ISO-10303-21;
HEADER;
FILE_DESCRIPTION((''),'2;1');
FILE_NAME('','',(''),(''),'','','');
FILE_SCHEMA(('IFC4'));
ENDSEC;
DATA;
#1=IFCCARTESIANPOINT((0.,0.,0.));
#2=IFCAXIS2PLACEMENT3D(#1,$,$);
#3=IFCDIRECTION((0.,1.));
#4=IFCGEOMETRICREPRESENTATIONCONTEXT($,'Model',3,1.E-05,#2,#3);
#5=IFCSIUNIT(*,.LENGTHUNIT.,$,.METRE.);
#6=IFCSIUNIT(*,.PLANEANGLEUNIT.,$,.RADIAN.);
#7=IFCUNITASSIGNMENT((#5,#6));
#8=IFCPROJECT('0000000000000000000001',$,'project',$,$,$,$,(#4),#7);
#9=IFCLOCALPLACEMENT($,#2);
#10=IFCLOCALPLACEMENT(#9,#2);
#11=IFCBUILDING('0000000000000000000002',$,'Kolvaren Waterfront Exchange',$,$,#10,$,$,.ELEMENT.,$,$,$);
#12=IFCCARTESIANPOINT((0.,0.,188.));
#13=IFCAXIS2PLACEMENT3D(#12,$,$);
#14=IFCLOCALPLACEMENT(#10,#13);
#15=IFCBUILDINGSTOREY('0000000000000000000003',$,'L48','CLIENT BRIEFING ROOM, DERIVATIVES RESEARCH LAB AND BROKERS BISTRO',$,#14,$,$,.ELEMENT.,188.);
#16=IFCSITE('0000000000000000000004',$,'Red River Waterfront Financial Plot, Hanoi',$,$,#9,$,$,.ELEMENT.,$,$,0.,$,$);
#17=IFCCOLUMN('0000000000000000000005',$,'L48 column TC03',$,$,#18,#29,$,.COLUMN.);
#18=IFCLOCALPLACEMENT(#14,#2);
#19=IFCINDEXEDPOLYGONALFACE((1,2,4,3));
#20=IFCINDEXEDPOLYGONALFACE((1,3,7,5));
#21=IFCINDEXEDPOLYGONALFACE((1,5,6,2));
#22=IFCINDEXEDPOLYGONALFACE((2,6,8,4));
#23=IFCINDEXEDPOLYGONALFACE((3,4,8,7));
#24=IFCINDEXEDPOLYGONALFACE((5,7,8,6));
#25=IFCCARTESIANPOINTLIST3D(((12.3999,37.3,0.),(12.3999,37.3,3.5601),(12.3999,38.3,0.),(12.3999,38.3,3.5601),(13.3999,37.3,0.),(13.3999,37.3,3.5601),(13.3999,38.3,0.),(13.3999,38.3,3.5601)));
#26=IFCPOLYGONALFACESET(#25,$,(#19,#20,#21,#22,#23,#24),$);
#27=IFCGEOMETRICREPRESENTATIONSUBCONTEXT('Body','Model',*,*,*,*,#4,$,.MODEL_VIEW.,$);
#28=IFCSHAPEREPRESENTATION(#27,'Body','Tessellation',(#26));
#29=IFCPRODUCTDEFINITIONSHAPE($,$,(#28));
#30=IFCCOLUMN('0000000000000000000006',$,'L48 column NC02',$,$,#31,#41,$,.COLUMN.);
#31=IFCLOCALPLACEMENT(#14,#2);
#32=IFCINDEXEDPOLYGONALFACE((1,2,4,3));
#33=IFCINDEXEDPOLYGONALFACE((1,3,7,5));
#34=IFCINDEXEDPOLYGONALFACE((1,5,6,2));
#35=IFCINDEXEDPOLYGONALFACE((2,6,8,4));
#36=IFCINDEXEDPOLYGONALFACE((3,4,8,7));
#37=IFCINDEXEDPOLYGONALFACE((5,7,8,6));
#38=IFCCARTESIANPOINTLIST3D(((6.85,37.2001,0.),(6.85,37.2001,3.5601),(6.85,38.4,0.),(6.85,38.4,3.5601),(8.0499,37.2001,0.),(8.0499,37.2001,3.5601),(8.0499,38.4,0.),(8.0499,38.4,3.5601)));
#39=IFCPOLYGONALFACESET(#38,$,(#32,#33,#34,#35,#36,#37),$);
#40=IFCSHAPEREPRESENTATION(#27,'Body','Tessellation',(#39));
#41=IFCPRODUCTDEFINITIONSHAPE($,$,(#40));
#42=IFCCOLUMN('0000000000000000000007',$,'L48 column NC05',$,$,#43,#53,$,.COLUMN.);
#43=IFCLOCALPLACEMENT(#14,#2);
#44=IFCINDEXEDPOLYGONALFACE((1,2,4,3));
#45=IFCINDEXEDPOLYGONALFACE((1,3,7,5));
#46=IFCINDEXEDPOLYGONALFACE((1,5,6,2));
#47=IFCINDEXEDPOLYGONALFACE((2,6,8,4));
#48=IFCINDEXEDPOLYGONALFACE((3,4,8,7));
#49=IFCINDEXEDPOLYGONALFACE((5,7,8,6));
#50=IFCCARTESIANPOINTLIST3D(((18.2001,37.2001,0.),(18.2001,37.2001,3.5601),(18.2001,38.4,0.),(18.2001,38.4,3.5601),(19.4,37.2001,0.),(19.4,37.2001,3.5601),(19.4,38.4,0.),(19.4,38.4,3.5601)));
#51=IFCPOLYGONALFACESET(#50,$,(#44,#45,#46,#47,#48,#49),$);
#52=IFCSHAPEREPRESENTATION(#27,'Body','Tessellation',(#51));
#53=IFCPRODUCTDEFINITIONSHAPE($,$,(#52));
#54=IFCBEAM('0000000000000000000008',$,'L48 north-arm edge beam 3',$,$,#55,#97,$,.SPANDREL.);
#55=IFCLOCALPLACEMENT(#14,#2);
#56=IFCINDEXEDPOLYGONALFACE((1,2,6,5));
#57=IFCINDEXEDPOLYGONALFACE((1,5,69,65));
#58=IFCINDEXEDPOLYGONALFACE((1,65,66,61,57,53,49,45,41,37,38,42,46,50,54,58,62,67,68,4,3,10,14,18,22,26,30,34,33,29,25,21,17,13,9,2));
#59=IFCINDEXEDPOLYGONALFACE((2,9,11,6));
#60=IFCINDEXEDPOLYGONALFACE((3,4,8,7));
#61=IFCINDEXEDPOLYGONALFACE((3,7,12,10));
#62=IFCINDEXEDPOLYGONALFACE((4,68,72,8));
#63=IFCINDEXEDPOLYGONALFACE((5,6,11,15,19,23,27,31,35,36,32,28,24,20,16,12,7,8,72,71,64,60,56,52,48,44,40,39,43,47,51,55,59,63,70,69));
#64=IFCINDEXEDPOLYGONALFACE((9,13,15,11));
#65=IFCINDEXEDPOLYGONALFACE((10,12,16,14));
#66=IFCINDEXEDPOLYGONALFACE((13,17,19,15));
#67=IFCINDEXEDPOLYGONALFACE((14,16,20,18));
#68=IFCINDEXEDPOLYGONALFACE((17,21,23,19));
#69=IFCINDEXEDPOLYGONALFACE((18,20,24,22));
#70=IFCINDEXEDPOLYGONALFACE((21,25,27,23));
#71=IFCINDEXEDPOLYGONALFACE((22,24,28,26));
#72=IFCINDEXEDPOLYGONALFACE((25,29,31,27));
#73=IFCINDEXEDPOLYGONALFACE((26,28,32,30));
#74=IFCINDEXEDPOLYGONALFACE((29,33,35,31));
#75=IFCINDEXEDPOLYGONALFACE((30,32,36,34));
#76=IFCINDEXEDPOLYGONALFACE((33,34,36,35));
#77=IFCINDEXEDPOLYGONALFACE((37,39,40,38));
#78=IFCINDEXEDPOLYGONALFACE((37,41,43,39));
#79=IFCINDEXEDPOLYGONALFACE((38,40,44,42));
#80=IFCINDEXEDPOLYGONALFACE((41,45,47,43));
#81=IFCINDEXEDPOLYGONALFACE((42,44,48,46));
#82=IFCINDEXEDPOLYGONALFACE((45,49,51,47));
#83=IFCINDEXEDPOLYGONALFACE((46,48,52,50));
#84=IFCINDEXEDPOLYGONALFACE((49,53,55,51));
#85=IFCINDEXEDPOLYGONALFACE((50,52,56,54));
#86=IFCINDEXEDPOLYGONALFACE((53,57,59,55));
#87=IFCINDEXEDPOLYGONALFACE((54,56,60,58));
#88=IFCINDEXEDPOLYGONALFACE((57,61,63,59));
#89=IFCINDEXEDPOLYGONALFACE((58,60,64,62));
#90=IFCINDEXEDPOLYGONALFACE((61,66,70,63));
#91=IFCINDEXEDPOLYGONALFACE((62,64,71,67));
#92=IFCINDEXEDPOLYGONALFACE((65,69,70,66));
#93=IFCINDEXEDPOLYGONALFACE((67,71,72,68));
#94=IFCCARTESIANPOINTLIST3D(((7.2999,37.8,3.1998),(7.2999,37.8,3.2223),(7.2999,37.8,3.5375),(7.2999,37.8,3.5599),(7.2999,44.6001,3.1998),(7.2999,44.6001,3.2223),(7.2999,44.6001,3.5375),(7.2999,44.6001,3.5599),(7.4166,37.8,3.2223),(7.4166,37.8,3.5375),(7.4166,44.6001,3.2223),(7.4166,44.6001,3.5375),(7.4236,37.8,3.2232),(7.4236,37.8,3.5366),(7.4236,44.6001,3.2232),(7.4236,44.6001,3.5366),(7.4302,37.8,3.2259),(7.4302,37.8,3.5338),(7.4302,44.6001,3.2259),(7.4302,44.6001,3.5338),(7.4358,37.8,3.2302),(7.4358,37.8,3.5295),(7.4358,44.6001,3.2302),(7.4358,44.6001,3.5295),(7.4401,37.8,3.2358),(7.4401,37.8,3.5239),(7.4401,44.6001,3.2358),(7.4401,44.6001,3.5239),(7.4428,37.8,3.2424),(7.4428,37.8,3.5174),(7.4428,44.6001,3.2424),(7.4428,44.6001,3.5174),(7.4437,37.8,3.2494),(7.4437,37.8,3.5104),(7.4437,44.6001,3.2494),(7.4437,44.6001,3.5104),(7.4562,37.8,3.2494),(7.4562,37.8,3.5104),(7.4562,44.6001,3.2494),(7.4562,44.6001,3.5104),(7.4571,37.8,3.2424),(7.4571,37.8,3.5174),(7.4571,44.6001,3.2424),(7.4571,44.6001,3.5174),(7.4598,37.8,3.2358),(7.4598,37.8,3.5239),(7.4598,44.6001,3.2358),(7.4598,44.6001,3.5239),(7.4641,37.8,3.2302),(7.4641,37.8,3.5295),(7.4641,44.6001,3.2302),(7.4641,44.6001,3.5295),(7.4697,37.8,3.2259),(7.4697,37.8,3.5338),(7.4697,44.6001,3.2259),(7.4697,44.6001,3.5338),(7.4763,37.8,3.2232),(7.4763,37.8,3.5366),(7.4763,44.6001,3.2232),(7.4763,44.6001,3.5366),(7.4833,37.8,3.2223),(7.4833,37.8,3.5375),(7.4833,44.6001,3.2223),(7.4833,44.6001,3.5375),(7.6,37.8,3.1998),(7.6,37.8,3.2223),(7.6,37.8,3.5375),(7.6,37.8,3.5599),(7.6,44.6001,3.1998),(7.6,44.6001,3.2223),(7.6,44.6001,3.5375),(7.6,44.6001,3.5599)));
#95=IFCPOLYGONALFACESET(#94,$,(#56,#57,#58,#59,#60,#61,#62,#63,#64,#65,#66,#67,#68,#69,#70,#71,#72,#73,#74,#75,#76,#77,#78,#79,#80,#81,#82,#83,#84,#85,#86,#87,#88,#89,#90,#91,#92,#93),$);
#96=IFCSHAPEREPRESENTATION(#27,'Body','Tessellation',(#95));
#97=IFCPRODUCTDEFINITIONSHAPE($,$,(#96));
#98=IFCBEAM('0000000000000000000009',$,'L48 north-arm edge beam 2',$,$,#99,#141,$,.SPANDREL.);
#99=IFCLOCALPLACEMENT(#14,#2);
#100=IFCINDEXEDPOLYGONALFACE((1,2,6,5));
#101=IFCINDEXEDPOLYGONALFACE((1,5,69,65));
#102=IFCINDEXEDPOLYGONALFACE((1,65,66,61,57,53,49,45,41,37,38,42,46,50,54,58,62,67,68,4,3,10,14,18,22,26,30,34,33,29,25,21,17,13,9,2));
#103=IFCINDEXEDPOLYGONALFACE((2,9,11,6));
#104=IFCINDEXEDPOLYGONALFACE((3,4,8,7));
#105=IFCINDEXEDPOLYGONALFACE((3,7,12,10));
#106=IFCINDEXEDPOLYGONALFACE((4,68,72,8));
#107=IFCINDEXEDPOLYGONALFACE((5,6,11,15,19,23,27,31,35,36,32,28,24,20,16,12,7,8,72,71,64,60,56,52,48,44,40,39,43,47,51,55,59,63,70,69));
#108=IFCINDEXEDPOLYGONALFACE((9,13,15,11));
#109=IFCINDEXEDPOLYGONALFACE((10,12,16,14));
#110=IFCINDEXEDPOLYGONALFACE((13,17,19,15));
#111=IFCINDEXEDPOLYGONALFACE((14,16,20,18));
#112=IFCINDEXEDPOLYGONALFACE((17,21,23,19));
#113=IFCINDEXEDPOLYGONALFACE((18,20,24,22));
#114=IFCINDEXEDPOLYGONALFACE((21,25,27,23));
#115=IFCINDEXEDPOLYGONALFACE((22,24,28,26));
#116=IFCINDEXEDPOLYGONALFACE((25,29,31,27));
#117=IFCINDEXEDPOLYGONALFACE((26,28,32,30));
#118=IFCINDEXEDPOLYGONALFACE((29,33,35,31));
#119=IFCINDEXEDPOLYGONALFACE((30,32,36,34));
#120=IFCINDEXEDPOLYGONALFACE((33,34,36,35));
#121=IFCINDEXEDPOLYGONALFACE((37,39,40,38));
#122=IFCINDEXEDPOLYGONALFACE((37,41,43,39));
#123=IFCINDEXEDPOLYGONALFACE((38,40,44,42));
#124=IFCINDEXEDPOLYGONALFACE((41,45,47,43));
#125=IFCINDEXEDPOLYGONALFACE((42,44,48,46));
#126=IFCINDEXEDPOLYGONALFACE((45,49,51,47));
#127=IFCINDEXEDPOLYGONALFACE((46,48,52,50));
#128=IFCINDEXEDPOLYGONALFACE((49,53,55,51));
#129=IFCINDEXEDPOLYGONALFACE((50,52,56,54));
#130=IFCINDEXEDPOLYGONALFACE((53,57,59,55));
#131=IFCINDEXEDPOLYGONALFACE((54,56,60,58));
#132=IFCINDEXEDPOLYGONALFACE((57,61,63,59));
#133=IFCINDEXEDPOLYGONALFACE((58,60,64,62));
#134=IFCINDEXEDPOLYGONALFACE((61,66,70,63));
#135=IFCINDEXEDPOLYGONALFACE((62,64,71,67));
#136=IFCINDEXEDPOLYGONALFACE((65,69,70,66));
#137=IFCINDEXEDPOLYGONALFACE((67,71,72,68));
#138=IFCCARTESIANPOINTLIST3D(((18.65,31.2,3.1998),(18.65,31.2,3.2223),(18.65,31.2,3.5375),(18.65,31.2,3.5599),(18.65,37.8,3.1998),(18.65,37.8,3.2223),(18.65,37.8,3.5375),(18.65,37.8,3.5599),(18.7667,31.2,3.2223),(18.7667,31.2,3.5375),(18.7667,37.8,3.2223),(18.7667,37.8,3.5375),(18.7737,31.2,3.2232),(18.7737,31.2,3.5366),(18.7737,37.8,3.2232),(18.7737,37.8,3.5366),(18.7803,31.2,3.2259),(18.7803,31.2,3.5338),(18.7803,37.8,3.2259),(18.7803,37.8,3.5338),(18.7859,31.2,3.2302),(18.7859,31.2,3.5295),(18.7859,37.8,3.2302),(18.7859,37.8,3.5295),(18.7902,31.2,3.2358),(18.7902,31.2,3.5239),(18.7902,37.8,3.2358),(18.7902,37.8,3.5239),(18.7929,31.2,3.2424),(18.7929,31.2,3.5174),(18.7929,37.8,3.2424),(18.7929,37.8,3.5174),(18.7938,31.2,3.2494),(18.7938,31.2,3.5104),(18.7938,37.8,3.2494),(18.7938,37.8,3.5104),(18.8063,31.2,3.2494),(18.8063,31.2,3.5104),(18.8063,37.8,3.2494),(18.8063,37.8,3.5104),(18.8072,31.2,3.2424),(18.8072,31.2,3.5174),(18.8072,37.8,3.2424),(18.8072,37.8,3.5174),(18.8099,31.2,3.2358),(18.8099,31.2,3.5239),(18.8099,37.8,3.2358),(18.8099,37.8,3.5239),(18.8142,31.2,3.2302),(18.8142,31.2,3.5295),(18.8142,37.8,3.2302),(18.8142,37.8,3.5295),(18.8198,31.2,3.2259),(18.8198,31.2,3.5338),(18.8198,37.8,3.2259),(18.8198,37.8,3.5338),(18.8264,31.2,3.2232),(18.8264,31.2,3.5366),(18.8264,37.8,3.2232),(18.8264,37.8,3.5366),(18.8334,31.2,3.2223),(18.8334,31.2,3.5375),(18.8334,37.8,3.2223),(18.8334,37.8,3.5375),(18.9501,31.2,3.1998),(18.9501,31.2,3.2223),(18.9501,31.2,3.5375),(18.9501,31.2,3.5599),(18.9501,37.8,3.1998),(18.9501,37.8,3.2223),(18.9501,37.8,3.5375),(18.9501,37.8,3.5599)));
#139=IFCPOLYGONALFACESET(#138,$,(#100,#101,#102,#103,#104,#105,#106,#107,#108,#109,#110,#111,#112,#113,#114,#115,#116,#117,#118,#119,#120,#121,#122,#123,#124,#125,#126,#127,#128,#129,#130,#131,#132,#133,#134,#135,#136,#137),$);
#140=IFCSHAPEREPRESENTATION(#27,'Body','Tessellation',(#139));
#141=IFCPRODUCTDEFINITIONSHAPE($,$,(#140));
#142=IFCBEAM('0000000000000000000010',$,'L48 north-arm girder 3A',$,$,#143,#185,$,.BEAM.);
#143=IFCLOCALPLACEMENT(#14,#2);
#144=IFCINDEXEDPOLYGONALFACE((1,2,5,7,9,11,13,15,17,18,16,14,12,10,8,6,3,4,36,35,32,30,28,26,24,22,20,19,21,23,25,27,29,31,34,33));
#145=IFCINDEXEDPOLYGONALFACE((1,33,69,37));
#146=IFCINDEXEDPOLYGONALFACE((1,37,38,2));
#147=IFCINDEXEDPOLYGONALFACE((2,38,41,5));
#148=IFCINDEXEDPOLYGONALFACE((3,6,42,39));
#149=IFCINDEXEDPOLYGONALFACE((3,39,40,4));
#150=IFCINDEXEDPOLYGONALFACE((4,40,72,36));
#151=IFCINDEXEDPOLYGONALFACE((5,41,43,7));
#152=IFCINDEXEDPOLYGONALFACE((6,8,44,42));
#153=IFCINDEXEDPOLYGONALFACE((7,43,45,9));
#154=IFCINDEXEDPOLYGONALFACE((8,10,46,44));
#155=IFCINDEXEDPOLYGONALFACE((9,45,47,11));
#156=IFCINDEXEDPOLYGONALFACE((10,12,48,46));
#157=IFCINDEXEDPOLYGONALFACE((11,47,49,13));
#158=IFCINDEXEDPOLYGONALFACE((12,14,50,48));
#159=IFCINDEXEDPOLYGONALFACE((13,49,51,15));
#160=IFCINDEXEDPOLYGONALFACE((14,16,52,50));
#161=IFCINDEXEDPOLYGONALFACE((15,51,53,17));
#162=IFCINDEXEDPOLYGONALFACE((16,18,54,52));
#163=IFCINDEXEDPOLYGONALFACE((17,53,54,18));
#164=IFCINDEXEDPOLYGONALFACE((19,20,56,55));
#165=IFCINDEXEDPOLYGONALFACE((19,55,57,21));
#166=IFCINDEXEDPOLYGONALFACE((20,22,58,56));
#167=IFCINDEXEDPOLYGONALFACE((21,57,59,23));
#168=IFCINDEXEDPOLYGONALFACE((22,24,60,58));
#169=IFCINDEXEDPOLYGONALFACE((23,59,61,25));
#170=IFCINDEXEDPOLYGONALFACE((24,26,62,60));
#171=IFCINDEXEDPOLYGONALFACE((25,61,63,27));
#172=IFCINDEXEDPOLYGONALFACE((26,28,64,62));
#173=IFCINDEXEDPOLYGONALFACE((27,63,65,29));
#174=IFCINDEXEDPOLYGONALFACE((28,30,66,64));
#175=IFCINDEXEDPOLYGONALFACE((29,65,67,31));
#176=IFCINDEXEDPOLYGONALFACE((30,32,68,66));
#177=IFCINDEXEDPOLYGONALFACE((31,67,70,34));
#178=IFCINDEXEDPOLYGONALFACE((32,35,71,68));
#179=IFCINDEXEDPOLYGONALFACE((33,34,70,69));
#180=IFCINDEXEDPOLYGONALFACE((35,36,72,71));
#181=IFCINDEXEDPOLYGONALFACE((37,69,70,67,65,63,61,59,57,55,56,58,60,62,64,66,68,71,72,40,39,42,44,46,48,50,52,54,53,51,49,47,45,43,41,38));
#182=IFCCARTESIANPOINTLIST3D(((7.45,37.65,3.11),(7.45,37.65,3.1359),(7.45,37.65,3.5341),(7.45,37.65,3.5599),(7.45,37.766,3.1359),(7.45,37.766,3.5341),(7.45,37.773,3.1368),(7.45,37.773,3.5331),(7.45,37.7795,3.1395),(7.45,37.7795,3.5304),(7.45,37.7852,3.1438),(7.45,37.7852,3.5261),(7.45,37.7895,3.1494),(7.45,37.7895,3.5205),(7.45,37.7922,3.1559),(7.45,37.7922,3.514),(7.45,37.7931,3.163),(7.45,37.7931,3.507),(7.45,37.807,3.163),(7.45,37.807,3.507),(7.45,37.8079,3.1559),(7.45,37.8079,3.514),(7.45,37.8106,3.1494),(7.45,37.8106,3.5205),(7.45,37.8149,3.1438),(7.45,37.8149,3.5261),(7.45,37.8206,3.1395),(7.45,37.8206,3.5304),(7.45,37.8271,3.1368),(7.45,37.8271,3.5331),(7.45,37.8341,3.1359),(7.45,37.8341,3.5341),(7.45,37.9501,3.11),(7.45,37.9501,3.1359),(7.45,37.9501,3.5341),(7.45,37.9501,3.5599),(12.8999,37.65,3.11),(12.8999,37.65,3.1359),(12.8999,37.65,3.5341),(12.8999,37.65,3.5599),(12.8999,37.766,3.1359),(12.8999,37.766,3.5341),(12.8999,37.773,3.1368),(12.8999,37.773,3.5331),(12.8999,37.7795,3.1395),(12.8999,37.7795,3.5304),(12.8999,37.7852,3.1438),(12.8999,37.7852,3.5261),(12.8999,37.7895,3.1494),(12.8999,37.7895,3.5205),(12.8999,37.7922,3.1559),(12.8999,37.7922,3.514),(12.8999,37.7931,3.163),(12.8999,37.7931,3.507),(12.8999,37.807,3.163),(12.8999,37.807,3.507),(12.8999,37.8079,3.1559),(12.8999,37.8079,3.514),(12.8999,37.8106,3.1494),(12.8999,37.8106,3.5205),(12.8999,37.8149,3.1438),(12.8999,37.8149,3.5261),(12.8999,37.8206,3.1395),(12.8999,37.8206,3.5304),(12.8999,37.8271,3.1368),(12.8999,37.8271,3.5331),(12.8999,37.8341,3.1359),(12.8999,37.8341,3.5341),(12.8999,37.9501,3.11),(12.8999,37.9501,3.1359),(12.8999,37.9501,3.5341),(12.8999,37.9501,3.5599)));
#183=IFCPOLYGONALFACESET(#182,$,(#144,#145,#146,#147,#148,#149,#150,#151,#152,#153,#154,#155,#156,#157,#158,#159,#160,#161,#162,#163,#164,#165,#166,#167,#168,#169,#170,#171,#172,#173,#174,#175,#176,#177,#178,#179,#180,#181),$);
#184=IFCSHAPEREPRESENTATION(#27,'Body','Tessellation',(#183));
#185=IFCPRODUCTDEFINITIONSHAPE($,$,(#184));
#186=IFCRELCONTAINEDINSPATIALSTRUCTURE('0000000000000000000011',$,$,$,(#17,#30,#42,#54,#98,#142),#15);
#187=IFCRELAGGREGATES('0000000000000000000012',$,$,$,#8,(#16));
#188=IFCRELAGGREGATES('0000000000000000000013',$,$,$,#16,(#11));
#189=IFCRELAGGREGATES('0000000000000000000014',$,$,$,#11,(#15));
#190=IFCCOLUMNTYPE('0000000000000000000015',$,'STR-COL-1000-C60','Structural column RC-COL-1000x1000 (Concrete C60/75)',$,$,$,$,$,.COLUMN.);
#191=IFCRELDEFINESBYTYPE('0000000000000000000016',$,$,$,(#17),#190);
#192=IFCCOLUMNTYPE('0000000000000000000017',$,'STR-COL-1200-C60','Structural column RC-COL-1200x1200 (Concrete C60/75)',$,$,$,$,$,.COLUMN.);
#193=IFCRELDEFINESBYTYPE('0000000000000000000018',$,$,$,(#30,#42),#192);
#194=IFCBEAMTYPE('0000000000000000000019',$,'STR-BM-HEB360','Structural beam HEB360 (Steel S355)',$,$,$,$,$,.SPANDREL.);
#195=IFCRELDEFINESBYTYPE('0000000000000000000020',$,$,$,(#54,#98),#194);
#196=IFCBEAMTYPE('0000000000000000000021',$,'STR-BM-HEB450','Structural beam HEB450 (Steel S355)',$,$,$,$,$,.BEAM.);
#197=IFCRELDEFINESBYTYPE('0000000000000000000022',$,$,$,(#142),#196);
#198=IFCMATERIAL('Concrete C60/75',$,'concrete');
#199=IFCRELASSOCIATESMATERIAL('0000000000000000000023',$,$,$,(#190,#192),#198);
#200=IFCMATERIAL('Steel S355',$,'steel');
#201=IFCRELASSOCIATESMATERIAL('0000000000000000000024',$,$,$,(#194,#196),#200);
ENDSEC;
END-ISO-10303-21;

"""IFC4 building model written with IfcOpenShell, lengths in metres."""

from ifc_helpers import new_model, si_unit, direction, frame, origin, origin_2d, place, context, subcontext, project, spatial, rectangle, i_section, extrude, material, material_profile, profile_set, type_object, element, save


model = new_model("IFC4")

# Units and contexts
model_context = context("Model", 3, precision=1e-05, world=origin(), true_north=direction((0.0, 1.0)))
body_context = subcontext(model_context, "Body", "Model", "MODEL_VIEW")
ifc_project = project(units=[si_unit("LENGTHUNIT", "METRE"), si_unit("PLANEANGLEUNIT", "RADIAN")], contexts=[model_context])

# Site, building, storey
site_placement = place(None, origin())
site = spatial("IfcSite", under=ifc_project, at=site_placement, Name="Red River Waterfront Financial Plot, Hanoi", CompositionType="ELEMENT", RefElevation=0.0)
building_placement = place(site_placement, origin())
building = spatial("IfcBuilding", under=site, at=building_placement, Name="Kolvaren Waterfront Exchange", CompositionType="ELEMENT")
storey_placement = place(building_placement, frame((0.0, 0.0, 188.0)))
storey = spatial("IfcBuildingStorey", under=building, at=storey_placement, Name="L48", Description="CLIENT BRIEFING ROOM, DERIVATIVES RESEARCH LAB AND BROKERS BISTRO", CompositionType="ELEMENT", Elevation=188.0)

# Columns
ifc_material_1 = material(Name="Concrete C60/75", Category="concrete")
ifc_material_profile_1 = material_profile(ifc_material_1, rectangle(XDim=1.0, YDim=1.0, at=origin_2d()), Name="RC-COL-1000x1000")
ifc_profile_set_1 = profile_set([ifc_material_profile_1], Name="Concrete C60/75")
column_type_1 = type_object("IfcColumnType", Name="STR-COL-1000-C60", Description="Structural column RC-COL-1000x1000 (Concrete C60/75)", PredefinedType="COLUMN", material=ifc_profile_set_1)
column_placement = place(storey_placement, frame((12.8999, 37.8, 0.0), z_axis=(0.0, 0.0, 1.0), x_axis=(1.0, 0.0, 0.0)))
element("IfcColumn", 1, at=column_placement, inside=storey, type_object=column_type_1, Name="L48 column TC03", PredefinedType="COLUMN", context=body_context, shape_type="SweptSolid", body=[
    extrude(rectangle(XDim=1.0, YDim=1.0, at=origin_2d()), origin(), (0.0, 0.0, 1.0), 3.5601),
])
ifc_material_profile_2 = material_profile(ifc_material_1, rectangle(XDim=1.2, YDim=1.2, at=origin_2d()), Name="RC-COL-1200x1200")
ifc_profile_set_2 = profile_set([ifc_material_profile_2], Name="Concrete C60/75")
column_type_2 = type_object("IfcColumnType", Name="STR-COL-1200-C60", Description="Structural column RC-COL-1200x1200 (Concrete C60/75)", PredefinedType="COLUMN", material=ifc_profile_set_2)
for number, where, z_axis, x_axis, name in (
    (2, (7.45, 37.8, 0.0), (0.0, 0.0, 1.0), (1.0, 0.0, 0.0), "L48 column NC02"),
    (3, (18.8, 37.8, 0.0), (0.0, 0.0, 1.0), (1.0, 0.0, 0.0), "L48 column NC05"),
):
    element("IfcColumn", number, at=place(storey_placement, frame(where, z_axis=z_axis, x_axis=x_axis)), inside=storey, type_object=column_type_2, Name=name, PredefinedType="COLUMN", context=body_context, shape_type="SweptSolid", body=[
        extrude(rectangle(XDim=1.2, YDim=1.2, at=origin_2d()), origin(), (0.0, 0.0, 1.0), 3.5601),
    ])

# Beams
ifc_material_2 = material(Name="Steel S355", Category="steel")
ifc_material_profile_3 = material_profile(ifc_material_2, i_section(OverallWidth=0.3, OverallDepth=0.3601, WebThickness=0.0125, FlangeThickness=0.0225, FilletRadius=0.0271, at=origin_2d()), Name="HEB360")
ifc_profile_set_3 = profile_set([ifc_material_profile_3], Name="Steel S355")
beam_type_1 = type_object("IfcBeamType", Name="STR-BM-HEB360", Description="Structural beam HEB360 (Steel S355)", PredefinedType="SPANDREL", material=ifc_profile_set_3)
beam_1_placement = place(storey_placement, frame((7.45, 37.8, 3.3799), z_axis=(0.0, 1.0, 0.0), x_axis=(-1.0, 0.0, 0.0)))
element("IfcBeam", 4, at=beam_1_placement, inside=storey, type_object=beam_type_1, Name="L48 north-arm edge beam 3", PredefinedType="SPANDREL", context=body_context, shape_type="SweptSolid", body=[
    extrude(i_section(OverallWidth=0.3, OverallDepth=0.3601, WebThickness=0.0125, FlangeThickness=0.0225, FilletRadius=0.0271, at=origin_2d()), origin(), (0.0, 0.0, 1.0), 6.8),
])
beam_2_placement = place(storey_placement, frame((18.8, 31.2, 3.3799), z_axis=(0.0, 1.0, 0.0), x_axis=(-1.0, 0.0, 0.0)))
element("IfcBeam", 5, at=beam_2_placement, inside=storey, type_object=beam_type_1, Name="L48 north-arm edge beam 2", PredefinedType="SPANDREL", context=body_context, shape_type="SweptSolid", body=[
    extrude(i_section(OverallWidth=0.3, OverallDepth=0.3601, WebThickness=0.0125, FlangeThickness=0.0225, FilletRadius=0.0271, at=origin_2d()), origin(), (0.0, 0.0, 1.0), 6.6001),
])
ifc_material_profile_4 = material_profile(ifc_material_2, i_section(OverallWidth=0.3, OverallDepth=0.45, WebThickness=0.0139, FlangeThickness=0.0259, FilletRadius=0.0271, at=origin_2d()), Name="HEB450")
ifc_profile_set_4 = profile_set([ifc_material_profile_4], Name="Steel S355")
beam_type_2 = type_object("IfcBeamType", Name="STR-BM-HEB450", Description="Structural beam HEB450 (Steel S355)", PredefinedType="BEAM", material=ifc_profile_set_4)
beam_3_placement = place(storey_placement, frame((7.45, 37.8, 3.335), z_axis=(1.0, 0.0, 0.0), x_axis=(0.0, 1.0, 0.0)))
element("IfcBeam", 6, at=beam_3_placement, inside=storey, type_object=beam_type_2, Name="L48 north-arm girder 3A", PredefinedType="BEAM", context=body_context, shape_type="SweptSolid", body=[
    extrude(i_section(OverallWidth=0.3, OverallDepth=0.45, WebThickness=0.0139, FlangeThickness=0.0259, FilletRadius=0.0271, at=origin_2d()), origin(), (0.0, 0.0, 1.0), 5.45),
])

save(model, "model.ifc")
